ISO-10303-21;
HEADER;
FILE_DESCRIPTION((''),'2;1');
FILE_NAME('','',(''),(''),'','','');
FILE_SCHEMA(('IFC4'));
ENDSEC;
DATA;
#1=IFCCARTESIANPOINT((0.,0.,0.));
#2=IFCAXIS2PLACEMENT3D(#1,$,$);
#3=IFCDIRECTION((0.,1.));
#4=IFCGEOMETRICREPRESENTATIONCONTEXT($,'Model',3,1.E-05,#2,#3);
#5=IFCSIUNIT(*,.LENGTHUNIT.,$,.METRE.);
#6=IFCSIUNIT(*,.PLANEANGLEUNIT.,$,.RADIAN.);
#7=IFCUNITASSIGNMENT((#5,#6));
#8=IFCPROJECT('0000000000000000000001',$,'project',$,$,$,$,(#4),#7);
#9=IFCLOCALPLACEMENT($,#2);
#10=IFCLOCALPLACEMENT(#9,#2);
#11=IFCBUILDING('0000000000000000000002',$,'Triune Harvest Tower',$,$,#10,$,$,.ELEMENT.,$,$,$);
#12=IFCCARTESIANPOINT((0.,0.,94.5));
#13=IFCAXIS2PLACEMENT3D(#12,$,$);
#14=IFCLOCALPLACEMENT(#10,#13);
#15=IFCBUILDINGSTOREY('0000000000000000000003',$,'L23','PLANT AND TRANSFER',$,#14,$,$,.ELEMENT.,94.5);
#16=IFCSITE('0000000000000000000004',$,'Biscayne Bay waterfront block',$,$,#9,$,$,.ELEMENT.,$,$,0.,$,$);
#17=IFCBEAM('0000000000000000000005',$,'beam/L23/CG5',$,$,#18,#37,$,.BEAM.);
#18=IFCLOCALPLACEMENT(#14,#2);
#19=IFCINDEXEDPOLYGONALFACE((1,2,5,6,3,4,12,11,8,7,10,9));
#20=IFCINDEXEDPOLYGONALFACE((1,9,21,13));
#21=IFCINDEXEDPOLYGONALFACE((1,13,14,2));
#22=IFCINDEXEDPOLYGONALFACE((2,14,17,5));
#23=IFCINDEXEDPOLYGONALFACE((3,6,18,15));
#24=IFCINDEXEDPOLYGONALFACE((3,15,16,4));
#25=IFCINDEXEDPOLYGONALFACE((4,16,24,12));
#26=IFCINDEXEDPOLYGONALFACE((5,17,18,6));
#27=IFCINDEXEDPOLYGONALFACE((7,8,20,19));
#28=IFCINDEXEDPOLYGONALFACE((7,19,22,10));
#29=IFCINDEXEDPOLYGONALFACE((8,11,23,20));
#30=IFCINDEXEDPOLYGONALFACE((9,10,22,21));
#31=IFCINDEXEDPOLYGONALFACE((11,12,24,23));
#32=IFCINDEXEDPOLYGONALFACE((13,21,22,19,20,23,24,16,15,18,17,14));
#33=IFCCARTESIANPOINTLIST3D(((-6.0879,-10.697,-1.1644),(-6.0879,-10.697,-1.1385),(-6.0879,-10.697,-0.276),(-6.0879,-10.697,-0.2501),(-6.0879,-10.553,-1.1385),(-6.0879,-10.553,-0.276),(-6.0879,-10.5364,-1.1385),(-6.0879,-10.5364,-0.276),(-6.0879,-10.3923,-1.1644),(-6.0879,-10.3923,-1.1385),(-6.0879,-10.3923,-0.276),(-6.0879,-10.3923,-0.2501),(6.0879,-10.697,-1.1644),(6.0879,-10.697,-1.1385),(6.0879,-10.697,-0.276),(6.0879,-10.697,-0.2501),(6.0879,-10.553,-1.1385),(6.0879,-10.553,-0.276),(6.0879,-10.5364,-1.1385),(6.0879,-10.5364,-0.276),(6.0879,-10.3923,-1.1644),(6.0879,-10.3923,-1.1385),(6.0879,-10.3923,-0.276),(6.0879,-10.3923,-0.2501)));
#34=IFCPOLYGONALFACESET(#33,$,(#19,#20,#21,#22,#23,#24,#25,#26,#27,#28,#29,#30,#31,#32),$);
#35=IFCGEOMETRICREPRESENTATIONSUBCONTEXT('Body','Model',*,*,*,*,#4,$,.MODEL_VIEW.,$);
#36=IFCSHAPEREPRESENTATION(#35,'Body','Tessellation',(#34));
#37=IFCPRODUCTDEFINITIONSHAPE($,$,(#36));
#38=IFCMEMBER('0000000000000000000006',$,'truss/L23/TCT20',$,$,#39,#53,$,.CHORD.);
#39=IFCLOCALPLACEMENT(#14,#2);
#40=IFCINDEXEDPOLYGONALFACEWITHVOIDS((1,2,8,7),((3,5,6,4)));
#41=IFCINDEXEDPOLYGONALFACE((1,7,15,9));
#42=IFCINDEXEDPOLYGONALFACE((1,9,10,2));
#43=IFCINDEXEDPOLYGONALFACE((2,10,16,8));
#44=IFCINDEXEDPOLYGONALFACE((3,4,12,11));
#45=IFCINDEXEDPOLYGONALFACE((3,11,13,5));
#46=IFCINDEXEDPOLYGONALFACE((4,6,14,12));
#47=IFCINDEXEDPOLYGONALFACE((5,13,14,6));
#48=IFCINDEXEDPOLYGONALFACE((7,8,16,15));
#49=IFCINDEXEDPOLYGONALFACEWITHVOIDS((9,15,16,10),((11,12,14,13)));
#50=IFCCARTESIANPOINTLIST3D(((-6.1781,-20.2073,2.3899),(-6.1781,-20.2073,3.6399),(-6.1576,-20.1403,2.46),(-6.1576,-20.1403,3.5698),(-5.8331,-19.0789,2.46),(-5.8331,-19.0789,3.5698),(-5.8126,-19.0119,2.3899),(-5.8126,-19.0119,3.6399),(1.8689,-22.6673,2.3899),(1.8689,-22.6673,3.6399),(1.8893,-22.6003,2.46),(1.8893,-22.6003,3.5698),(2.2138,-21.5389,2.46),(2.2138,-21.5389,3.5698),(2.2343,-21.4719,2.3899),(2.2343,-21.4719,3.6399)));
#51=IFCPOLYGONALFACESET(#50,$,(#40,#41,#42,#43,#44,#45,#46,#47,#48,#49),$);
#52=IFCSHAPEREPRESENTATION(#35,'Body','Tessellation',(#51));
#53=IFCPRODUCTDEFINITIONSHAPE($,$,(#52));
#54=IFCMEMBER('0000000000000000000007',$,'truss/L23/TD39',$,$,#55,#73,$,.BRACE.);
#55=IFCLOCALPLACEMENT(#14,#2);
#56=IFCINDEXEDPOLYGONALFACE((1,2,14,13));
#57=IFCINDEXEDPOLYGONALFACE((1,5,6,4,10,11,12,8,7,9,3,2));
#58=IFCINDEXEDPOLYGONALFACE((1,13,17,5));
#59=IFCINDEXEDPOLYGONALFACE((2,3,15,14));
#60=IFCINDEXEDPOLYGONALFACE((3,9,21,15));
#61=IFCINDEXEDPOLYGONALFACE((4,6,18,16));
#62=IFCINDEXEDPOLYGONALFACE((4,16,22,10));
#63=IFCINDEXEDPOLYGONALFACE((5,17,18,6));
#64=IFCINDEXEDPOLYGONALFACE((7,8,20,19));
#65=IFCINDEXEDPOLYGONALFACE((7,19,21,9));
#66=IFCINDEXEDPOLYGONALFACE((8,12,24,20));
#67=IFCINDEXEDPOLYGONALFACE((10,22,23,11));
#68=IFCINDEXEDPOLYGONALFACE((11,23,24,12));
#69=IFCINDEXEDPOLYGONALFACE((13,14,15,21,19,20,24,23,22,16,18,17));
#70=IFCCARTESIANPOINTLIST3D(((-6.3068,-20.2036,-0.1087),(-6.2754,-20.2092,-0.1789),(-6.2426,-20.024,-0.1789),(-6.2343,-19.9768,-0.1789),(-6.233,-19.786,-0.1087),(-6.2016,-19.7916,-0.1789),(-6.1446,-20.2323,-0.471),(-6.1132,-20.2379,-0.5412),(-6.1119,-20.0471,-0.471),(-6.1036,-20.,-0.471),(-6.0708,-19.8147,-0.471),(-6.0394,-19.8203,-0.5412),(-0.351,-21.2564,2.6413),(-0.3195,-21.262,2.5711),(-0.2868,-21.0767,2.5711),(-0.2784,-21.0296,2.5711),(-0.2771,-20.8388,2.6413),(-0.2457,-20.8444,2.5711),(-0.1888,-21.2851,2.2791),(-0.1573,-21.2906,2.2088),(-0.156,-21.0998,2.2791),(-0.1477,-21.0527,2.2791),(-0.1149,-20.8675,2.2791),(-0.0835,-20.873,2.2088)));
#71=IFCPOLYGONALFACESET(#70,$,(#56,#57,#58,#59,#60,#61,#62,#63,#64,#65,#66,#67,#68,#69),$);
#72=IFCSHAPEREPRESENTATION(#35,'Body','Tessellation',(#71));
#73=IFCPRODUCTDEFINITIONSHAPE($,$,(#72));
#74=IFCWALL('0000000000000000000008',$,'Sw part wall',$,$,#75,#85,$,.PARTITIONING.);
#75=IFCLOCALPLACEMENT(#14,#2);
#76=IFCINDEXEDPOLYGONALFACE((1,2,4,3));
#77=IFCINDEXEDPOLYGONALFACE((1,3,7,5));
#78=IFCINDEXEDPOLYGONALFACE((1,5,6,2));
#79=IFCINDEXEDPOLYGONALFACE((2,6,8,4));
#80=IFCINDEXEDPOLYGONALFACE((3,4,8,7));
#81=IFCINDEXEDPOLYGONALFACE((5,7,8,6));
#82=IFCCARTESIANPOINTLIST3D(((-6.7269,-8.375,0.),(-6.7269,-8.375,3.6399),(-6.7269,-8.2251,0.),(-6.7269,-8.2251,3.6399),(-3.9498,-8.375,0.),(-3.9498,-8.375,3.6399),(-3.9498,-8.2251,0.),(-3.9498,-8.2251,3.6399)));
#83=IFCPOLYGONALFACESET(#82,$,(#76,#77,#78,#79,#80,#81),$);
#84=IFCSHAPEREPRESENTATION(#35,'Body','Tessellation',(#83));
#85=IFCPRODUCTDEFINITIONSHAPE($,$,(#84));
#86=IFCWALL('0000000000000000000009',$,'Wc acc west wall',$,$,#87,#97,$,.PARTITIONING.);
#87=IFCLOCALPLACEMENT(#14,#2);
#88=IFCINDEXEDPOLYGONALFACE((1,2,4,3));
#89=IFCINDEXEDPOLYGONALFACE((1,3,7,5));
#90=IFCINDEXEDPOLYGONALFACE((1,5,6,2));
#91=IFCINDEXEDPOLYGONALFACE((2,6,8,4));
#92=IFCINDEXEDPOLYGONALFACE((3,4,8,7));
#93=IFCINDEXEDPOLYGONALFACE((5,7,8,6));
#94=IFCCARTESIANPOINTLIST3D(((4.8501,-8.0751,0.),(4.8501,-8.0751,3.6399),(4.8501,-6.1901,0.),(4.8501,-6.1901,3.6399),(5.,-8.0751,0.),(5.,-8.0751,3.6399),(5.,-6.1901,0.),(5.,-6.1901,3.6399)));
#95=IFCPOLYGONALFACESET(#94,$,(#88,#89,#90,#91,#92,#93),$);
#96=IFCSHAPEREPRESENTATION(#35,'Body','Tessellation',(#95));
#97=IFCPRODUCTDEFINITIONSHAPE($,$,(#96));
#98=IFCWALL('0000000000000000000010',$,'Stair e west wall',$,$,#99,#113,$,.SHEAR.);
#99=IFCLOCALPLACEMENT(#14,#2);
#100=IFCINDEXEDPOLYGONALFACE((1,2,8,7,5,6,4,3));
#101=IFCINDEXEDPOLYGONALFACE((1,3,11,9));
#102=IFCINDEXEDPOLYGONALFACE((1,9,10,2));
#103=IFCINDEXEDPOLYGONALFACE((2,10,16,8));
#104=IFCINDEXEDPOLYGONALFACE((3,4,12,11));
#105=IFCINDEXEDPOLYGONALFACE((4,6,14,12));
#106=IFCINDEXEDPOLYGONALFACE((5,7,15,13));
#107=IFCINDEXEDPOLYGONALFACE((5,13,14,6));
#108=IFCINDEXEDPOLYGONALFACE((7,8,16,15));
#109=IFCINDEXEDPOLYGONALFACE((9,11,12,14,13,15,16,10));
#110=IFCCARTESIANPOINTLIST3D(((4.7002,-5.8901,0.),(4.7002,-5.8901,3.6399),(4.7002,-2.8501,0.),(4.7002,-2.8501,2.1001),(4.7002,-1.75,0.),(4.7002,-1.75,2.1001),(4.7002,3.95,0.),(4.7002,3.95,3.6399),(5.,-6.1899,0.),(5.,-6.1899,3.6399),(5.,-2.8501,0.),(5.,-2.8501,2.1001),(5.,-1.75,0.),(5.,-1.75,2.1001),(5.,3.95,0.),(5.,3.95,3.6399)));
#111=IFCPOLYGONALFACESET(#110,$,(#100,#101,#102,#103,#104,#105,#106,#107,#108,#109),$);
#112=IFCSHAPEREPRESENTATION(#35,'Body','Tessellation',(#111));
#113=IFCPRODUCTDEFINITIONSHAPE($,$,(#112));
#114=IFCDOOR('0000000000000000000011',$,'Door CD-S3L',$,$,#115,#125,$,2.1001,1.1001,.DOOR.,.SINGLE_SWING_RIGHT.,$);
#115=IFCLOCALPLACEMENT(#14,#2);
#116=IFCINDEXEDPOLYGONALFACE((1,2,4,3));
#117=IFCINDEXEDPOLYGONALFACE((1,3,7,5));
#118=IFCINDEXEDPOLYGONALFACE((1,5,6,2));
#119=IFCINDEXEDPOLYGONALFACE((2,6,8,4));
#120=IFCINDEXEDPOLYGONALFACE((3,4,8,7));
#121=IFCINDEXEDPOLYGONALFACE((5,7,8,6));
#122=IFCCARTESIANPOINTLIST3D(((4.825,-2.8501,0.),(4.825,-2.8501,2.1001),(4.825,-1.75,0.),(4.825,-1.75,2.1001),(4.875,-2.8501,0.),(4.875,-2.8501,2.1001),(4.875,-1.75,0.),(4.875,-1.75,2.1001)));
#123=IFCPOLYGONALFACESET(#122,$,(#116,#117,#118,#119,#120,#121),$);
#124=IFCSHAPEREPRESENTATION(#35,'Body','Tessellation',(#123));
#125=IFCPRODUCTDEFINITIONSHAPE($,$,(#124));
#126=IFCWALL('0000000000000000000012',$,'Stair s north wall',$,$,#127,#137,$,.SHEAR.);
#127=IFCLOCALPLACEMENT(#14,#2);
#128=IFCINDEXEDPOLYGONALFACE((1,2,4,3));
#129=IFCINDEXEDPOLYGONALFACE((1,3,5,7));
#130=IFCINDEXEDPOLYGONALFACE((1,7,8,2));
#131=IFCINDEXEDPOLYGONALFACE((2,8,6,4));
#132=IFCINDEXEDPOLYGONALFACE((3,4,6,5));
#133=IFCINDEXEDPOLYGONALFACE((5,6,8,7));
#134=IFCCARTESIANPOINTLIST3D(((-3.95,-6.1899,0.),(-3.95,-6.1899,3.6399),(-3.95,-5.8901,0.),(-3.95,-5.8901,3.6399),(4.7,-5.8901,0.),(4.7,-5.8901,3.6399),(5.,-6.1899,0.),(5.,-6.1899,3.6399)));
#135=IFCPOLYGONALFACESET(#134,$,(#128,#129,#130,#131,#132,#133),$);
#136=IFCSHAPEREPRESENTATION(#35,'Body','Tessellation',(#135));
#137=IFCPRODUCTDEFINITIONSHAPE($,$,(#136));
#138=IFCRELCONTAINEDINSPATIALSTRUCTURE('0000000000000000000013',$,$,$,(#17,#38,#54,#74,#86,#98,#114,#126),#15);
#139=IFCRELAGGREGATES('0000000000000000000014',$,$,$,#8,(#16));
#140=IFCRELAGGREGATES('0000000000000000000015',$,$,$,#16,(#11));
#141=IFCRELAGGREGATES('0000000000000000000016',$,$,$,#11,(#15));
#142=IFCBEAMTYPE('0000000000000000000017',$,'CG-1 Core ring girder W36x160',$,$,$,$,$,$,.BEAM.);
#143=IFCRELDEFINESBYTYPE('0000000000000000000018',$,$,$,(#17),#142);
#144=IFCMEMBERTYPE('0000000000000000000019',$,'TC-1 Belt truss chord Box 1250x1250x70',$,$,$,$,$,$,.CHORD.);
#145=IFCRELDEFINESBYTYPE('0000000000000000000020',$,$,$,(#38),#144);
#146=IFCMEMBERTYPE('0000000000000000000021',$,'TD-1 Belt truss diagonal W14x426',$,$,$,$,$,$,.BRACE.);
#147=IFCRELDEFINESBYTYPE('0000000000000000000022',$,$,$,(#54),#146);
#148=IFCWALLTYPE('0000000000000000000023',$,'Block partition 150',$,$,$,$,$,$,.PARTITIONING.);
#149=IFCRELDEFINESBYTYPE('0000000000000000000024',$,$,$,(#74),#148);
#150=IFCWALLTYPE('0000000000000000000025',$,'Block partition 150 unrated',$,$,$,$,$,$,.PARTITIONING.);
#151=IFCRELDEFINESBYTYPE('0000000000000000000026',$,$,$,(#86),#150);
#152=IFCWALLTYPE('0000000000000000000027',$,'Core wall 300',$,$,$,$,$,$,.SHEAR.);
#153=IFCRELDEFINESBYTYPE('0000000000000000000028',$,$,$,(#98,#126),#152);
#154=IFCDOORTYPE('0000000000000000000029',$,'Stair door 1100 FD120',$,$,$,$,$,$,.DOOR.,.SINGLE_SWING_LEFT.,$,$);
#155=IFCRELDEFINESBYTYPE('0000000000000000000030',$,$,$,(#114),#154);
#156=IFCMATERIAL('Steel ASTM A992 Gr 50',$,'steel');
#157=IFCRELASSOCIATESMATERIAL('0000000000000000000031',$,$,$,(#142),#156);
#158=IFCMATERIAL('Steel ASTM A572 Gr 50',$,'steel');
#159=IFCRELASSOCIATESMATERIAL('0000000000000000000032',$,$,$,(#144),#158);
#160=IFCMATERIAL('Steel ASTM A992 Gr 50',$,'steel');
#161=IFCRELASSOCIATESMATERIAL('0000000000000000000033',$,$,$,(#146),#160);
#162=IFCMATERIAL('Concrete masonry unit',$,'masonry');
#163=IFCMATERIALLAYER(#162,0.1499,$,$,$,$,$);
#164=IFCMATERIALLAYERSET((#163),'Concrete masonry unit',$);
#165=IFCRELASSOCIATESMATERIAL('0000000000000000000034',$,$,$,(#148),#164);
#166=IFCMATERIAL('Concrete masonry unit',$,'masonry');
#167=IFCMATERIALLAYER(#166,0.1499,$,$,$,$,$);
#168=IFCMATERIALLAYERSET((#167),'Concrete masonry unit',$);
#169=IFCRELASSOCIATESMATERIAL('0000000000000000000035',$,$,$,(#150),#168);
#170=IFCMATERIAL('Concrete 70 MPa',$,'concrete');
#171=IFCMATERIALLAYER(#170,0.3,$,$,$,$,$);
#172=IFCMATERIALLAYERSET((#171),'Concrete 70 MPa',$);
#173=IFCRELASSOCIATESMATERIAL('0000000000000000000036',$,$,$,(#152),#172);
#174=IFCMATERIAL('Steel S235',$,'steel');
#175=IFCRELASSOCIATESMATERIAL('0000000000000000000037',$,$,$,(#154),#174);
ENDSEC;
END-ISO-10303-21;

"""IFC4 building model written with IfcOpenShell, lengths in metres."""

from ifc_helpers import new_model, si_unit, direction, frame, frame_2d, origin, origin_2d, place, context, subcontext, project, spatial, polyline, rectangle, hollow_rectangle, i_section, outline, extrude, source, transform, mapped, material, layer, layer_set, material_profile, profile_set, type_object, element, fill, save


model = new_model("IFC4")

# Units and contexts
model_context = context("Model", 3, precision=1e-05, world=origin(), true_north=direction((0.0, 1.0)))
body_context = subcontext(model_context, "Body", "Model", "MODEL_VIEW")
ifc_project = project(units=[si_unit("LENGTHUNIT", "METRE"), si_unit("PLANEANGLEUNIT", "RADIAN")], contexts=[model_context])

# Site, building, storey
site_placement = place(None, origin())
site = spatial("IfcSite", under=ifc_project, at=site_placement, Name="Biscayne Bay waterfront block", CompositionType="ELEMENT", RefElevation=0.0)
building_placement = place(site_placement, origin())
building = spatial("IfcBuilding", under=site, at=building_placement, Name="Triune Harvest Tower", CompositionType="ELEMENT")
storey_placement = place(building_placement, frame((0.0, 0.0, 94.5)))
storey = spatial("IfcBuildingStorey", under=building, at=storey_placement, Name="L23", Description="PLANT AND TRANSFER", CompositionType="ELEMENT", Elevation=94.5)

# Beam
ifc_material_1 = material(Name="Steel ASTM A992 Gr 50", Category="steel")
ifc_material_profile_1 = material_profile(ifc_material_1, i_section(OverallWidth=0.3047, OverallDepth=0.9143, WebThickness=0.0166, FlangeThickness=0.0259, at=origin_2d()), Name="W36x160")
ifc_profile_set_1 = profile_set([ifc_material_profile_1], Name="Steel ASTM A992 Gr 50")
beam_type = type_object("IfcBeamType", Name="CG-1 Core ring girder W36x160", PredefinedType="BEAM", material=ifc_profile_set_1)
shared_shape_1 = source(origin(), body_context, "Body", "SweptSolid", [
    extrude(i_section(OverallWidth=0.3047, OverallDepth=0.9143, WebThickness=0.0166, FlangeThickness=0.0259, at=origin_2d()), origin(), (0.0, 0.0, 1.0), 12.1758),
])
beam_placement = place(storey_placement, frame((-6.0879, -10.5447, -0.7073), z_axis=(1.0, 0.0, 0.0), x_axis=(0.0, 1.0, 0.0)))
element("IfcBeam", 1, at=beam_placement, inside=storey, type_object=beam_type, Name="beam/L23/CG5", PredefinedType="BEAM", context=body_context, shape_type="MappedRepresentation", body=[
    mapped(shared_shape_1, transform((0.0, 0.0, 0.0), scale=1.0)),
])

# Members
ifc_material_2 = material(Name="Steel ASTM A572 Gr 50", Category="steel")
ifc_material_profile_2 = material_profile(ifc_material_2, hollow_rectangle(XDim=1.25, YDim=1.25, WallThickness=0.0701, at=origin_2d()), Name="Box 1250x1250x70")
ifc_profile_set_2 = profile_set([ifc_material_profile_2], Name="Steel ASTM A572 Gr 50")
member_type_1 = type_object("IfcMemberType", Name="TC-1 Belt truss chord Box 1250x1250x70", PredefinedType="CHORD", material=ifc_profile_set_2)
shared_shape_2 = source(origin(), body_context, "Body", "SweptSolid", [
    extrude(hollow_rectangle(XDim=1.25, YDim=1.25, WallThickness=0.0701, at=origin_2d()), origin(), (0.0, 0.0, 1.0), 8.4146),
])
member_1_placement = place(storey_placement, frame((-5.9954, -19.6096, 3.0149), z_axis=(0.956312, -0.292348, 0.0), x_axis=(0.292348, 0.956312, 0.0)))
element("IfcMember", 2, at=member_1_placement, inside=storey, type_object=member_type_1, Name="truss/L23/TCT20", PredefinedType="CHORD", context=body_context, shape_type="MappedRepresentation", body=[
    mapped(shared_shape_2, transform((0.0, 0.0, 0.0), scale=1.0)),
])
ifc_material_3 = material(Name="Steel ASTM A992 Gr 50", Category="steel")
ifc_material_profile_3 = material_profile(ifc_material_3, i_section(OverallWidth=0.4241, OverallDepth=0.4751, WebThickness=0.0479, FlangeThickness=0.0771, at=origin_2d()), Name="W14x426")
ifc_profile_set_3 = profile_set([ifc_material_profile_3], Name="Steel ASTM A992 Gr 50")
member_type_2 = type_object("IfcMemberType", Name="TD-1 Belt truss diagonal W14x426", PredefinedType="BRACE", material=ifc_profile_set_3)
shared_shape_3 = source(origin(), body_context, "Body", "SweptSolid", [
    extrude(i_section(OverallWidth=0.4241, OverallDepth=0.4751, WebThickness=0.0479, FlangeThickness=0.0771, at=origin_2d()), origin(), (0.0, 0.0, 1.0), 6.644),
])
member_2_placement = place(storey_placement, frame((-6.1731, -20.012, -0.325), z_axis=(0.896423, -0.158449, 0.413909), x_axis=(0.174059, 0.984735, 0.0)))
element("IfcMember", 3, at=member_2_placement, inside=storey, type_object=member_type_2, Name="truss/L23/TD39", PredefinedType="BRACE", context=body_context, shape_type="MappedRepresentation", body=[
    mapped(shared_shape_3, transform((0.0, 0.0, 0.0), scale=1.0)),
])

# Walls
ifc_material_4 = material(Name="Concrete masonry unit", Category="masonry")
ifc_layer_1 = layer(ifc_material_4, 0.1499)
ifc_layer_set_1 = layer_set([ifc_layer_1], Name="Concrete masonry unit")
wall_type_1 = type_object("IfcWallType", Name="Block partition 150", PredefinedType="PARTITIONING", material=ifc_layer_set_1)
wall_1_placement = place(storey_placement, frame((-6.7271, -8.3, 0.0), z_axis=(0.0, 0.0, 1.0), x_axis=(1.0, 0.0, 0.0)))
element("IfcWall", 4, at=wall_1_placement, inside=storey, type_object=wall_type_1, Name="Sw part wall", PredefinedType="PARTITIONING", context=body_context, shape_type="SweptSolid", body=[
    extrude(rectangle(XDim=2.7771, YDim=0.1499, at=frame_2d((1.3887, 0.0))), origin(), (0.0, 0.0, 1.0), 3.6399),
])
ifc_material_5 = material(Name="Concrete masonry unit", Category="masonry")
ifc_layer_2 = layer(ifc_material_5, 0.1499)
ifc_layer_set_2 = layer_set([ifc_layer_2], Name="Concrete masonry unit")
wall_type_2 = type_object("IfcWallType", Name="Block partition 150 unrated", PredefinedType="PARTITIONING", material=ifc_layer_set_2)
wall_2_placement = place(storey_placement, frame((4.925, -8.075, 0.0), z_axis=(0.0, 0.0, 1.0), x_axis=(0.0, 1.0, 0.0)))
element("IfcWall", 5, at=wall_2_placement, inside=storey, type_object=wall_type_2, Name="Wc acc west wall", PredefinedType="PARTITIONING", context=body_context, shape_type="SweptSolid", body=[
    extrude(rectangle(XDim=1.885, YDim=0.1499, at=frame_2d((0.9424, 0.0))), origin(), (0.0, 0.0, 1.0), 3.6399),
])

# Wall, opening, door
ifc_material_6 = material(Name="Concrete 70 MPa", Category="concrete")
ifc_layer_3 = layer(ifc_material_6, 0.3)
ifc_layer_set_3 = layer_set([ifc_layer_3], Name="Concrete 70 MPa")
wall_type_3 = type_object("IfcWallType", Name="Core wall 300", PredefinedType="SHEAR", material=ifc_layer_set_3)
wall_3_placement = place(storey_placement, frame((4.8501, -6.04, 0.0), z_axis=(0.0, 0.0, 1.0), x_axis=(0.0, 1.0, 0.0)))
wall_3 = element("IfcWall", 6, at=wall_3_placement, inside=storey, type_object=wall_type_3, Name="Stair e west wall", PredefinedType="SHEAR", context=body_context, shape_type="SweptSolid", body=[
    extrude(outline(polyline([(-0.1499, -0.1499), (9.99, -0.1499), (9.99, 0.1499), (0.1499, 0.1499), (-0.1499, -0.1499)])), origin(), (0.0, 0.0, 1.0), 3.6399),
])
opening_1_placement = place(wall_3_placement, frame((3.1899, 0.0, 0.0)))
opening_1 = element("IfcOpeningElement", 7, at=opening_1_placement, cuts=wall_3, PredefinedType="OPENING", context=body_context, shape_type="SweptSolid", body=[
    extrude(rectangle(XDim=1.1001, YDim=2.1001, at=frame_2d((0.55, 1.05))), frame((0.0, 0.1602, 0.0), z_axis=(0.0, -1.0, 0.0), x_axis=(1.0, 0.0, 0.0)), (0.0, 0.0, 1.0), 0.3201),
])
ifc_material_7 = material(Name="Steel S235", Category="steel")
door_type_1 = type_object("IfcDoorType", Name="Stair door 1100 FD120", OperationType="SINGLE_SWING_LEFT", PredefinedType="DOOR", material=ifc_material_7)
door_1_placement = place(opening_1_placement, frame((1.1001, 0.0, 0.0), z_axis=(0.0, 0.0, 1.0), x_axis=(-1.0, 0.0, 0.0)))
door_1 = element("IfcDoor", 8, at=door_1_placement, inside=storey, type_object=door_type_1, Name="Door CD-S3L", OperationType="SINGLE_SWING_RIGHT", OverallHeight=2.1001, OverallWidth=1.1001, PredefinedType="DOOR", context=body_context, shape_type="SweptSolid", body=[
    extrude(rectangle(XDim=1.1001, YDim=2.1001, at=frame_2d((0.55, 1.05))), frame((0.0, 0.0249, 0.0), z_axis=(0.0, -1.0, 0.0), x_axis=(1.0, 0.0, 0.0)), (0.0, 0.0, 1.0), 0.05),
])
fill(opening_1, door_1)

# Wall
wall_4_placement = place(storey_placement, frame((-3.95, -6.04, 0.0), z_axis=(0.0, 0.0, 1.0), x_axis=(1.0, 0.0, 0.0)))
element("IfcWall", 9, at=wall_4_placement, inside=storey, type_object=wall_type_3, Name="Stair s north wall", PredefinedType="SHEAR", context=body_context, shape_type="SweptSolid", body=[
    extrude(outline(polyline([(0.0, -0.1499), (8.95, -0.1499), (8.6499, 0.1499), (0.0, 0.1499), (0.0, -0.1499)])), origin(), (0.0, 0.0, 1.0), 3.6399),
])

save(model, "model.ifc")
